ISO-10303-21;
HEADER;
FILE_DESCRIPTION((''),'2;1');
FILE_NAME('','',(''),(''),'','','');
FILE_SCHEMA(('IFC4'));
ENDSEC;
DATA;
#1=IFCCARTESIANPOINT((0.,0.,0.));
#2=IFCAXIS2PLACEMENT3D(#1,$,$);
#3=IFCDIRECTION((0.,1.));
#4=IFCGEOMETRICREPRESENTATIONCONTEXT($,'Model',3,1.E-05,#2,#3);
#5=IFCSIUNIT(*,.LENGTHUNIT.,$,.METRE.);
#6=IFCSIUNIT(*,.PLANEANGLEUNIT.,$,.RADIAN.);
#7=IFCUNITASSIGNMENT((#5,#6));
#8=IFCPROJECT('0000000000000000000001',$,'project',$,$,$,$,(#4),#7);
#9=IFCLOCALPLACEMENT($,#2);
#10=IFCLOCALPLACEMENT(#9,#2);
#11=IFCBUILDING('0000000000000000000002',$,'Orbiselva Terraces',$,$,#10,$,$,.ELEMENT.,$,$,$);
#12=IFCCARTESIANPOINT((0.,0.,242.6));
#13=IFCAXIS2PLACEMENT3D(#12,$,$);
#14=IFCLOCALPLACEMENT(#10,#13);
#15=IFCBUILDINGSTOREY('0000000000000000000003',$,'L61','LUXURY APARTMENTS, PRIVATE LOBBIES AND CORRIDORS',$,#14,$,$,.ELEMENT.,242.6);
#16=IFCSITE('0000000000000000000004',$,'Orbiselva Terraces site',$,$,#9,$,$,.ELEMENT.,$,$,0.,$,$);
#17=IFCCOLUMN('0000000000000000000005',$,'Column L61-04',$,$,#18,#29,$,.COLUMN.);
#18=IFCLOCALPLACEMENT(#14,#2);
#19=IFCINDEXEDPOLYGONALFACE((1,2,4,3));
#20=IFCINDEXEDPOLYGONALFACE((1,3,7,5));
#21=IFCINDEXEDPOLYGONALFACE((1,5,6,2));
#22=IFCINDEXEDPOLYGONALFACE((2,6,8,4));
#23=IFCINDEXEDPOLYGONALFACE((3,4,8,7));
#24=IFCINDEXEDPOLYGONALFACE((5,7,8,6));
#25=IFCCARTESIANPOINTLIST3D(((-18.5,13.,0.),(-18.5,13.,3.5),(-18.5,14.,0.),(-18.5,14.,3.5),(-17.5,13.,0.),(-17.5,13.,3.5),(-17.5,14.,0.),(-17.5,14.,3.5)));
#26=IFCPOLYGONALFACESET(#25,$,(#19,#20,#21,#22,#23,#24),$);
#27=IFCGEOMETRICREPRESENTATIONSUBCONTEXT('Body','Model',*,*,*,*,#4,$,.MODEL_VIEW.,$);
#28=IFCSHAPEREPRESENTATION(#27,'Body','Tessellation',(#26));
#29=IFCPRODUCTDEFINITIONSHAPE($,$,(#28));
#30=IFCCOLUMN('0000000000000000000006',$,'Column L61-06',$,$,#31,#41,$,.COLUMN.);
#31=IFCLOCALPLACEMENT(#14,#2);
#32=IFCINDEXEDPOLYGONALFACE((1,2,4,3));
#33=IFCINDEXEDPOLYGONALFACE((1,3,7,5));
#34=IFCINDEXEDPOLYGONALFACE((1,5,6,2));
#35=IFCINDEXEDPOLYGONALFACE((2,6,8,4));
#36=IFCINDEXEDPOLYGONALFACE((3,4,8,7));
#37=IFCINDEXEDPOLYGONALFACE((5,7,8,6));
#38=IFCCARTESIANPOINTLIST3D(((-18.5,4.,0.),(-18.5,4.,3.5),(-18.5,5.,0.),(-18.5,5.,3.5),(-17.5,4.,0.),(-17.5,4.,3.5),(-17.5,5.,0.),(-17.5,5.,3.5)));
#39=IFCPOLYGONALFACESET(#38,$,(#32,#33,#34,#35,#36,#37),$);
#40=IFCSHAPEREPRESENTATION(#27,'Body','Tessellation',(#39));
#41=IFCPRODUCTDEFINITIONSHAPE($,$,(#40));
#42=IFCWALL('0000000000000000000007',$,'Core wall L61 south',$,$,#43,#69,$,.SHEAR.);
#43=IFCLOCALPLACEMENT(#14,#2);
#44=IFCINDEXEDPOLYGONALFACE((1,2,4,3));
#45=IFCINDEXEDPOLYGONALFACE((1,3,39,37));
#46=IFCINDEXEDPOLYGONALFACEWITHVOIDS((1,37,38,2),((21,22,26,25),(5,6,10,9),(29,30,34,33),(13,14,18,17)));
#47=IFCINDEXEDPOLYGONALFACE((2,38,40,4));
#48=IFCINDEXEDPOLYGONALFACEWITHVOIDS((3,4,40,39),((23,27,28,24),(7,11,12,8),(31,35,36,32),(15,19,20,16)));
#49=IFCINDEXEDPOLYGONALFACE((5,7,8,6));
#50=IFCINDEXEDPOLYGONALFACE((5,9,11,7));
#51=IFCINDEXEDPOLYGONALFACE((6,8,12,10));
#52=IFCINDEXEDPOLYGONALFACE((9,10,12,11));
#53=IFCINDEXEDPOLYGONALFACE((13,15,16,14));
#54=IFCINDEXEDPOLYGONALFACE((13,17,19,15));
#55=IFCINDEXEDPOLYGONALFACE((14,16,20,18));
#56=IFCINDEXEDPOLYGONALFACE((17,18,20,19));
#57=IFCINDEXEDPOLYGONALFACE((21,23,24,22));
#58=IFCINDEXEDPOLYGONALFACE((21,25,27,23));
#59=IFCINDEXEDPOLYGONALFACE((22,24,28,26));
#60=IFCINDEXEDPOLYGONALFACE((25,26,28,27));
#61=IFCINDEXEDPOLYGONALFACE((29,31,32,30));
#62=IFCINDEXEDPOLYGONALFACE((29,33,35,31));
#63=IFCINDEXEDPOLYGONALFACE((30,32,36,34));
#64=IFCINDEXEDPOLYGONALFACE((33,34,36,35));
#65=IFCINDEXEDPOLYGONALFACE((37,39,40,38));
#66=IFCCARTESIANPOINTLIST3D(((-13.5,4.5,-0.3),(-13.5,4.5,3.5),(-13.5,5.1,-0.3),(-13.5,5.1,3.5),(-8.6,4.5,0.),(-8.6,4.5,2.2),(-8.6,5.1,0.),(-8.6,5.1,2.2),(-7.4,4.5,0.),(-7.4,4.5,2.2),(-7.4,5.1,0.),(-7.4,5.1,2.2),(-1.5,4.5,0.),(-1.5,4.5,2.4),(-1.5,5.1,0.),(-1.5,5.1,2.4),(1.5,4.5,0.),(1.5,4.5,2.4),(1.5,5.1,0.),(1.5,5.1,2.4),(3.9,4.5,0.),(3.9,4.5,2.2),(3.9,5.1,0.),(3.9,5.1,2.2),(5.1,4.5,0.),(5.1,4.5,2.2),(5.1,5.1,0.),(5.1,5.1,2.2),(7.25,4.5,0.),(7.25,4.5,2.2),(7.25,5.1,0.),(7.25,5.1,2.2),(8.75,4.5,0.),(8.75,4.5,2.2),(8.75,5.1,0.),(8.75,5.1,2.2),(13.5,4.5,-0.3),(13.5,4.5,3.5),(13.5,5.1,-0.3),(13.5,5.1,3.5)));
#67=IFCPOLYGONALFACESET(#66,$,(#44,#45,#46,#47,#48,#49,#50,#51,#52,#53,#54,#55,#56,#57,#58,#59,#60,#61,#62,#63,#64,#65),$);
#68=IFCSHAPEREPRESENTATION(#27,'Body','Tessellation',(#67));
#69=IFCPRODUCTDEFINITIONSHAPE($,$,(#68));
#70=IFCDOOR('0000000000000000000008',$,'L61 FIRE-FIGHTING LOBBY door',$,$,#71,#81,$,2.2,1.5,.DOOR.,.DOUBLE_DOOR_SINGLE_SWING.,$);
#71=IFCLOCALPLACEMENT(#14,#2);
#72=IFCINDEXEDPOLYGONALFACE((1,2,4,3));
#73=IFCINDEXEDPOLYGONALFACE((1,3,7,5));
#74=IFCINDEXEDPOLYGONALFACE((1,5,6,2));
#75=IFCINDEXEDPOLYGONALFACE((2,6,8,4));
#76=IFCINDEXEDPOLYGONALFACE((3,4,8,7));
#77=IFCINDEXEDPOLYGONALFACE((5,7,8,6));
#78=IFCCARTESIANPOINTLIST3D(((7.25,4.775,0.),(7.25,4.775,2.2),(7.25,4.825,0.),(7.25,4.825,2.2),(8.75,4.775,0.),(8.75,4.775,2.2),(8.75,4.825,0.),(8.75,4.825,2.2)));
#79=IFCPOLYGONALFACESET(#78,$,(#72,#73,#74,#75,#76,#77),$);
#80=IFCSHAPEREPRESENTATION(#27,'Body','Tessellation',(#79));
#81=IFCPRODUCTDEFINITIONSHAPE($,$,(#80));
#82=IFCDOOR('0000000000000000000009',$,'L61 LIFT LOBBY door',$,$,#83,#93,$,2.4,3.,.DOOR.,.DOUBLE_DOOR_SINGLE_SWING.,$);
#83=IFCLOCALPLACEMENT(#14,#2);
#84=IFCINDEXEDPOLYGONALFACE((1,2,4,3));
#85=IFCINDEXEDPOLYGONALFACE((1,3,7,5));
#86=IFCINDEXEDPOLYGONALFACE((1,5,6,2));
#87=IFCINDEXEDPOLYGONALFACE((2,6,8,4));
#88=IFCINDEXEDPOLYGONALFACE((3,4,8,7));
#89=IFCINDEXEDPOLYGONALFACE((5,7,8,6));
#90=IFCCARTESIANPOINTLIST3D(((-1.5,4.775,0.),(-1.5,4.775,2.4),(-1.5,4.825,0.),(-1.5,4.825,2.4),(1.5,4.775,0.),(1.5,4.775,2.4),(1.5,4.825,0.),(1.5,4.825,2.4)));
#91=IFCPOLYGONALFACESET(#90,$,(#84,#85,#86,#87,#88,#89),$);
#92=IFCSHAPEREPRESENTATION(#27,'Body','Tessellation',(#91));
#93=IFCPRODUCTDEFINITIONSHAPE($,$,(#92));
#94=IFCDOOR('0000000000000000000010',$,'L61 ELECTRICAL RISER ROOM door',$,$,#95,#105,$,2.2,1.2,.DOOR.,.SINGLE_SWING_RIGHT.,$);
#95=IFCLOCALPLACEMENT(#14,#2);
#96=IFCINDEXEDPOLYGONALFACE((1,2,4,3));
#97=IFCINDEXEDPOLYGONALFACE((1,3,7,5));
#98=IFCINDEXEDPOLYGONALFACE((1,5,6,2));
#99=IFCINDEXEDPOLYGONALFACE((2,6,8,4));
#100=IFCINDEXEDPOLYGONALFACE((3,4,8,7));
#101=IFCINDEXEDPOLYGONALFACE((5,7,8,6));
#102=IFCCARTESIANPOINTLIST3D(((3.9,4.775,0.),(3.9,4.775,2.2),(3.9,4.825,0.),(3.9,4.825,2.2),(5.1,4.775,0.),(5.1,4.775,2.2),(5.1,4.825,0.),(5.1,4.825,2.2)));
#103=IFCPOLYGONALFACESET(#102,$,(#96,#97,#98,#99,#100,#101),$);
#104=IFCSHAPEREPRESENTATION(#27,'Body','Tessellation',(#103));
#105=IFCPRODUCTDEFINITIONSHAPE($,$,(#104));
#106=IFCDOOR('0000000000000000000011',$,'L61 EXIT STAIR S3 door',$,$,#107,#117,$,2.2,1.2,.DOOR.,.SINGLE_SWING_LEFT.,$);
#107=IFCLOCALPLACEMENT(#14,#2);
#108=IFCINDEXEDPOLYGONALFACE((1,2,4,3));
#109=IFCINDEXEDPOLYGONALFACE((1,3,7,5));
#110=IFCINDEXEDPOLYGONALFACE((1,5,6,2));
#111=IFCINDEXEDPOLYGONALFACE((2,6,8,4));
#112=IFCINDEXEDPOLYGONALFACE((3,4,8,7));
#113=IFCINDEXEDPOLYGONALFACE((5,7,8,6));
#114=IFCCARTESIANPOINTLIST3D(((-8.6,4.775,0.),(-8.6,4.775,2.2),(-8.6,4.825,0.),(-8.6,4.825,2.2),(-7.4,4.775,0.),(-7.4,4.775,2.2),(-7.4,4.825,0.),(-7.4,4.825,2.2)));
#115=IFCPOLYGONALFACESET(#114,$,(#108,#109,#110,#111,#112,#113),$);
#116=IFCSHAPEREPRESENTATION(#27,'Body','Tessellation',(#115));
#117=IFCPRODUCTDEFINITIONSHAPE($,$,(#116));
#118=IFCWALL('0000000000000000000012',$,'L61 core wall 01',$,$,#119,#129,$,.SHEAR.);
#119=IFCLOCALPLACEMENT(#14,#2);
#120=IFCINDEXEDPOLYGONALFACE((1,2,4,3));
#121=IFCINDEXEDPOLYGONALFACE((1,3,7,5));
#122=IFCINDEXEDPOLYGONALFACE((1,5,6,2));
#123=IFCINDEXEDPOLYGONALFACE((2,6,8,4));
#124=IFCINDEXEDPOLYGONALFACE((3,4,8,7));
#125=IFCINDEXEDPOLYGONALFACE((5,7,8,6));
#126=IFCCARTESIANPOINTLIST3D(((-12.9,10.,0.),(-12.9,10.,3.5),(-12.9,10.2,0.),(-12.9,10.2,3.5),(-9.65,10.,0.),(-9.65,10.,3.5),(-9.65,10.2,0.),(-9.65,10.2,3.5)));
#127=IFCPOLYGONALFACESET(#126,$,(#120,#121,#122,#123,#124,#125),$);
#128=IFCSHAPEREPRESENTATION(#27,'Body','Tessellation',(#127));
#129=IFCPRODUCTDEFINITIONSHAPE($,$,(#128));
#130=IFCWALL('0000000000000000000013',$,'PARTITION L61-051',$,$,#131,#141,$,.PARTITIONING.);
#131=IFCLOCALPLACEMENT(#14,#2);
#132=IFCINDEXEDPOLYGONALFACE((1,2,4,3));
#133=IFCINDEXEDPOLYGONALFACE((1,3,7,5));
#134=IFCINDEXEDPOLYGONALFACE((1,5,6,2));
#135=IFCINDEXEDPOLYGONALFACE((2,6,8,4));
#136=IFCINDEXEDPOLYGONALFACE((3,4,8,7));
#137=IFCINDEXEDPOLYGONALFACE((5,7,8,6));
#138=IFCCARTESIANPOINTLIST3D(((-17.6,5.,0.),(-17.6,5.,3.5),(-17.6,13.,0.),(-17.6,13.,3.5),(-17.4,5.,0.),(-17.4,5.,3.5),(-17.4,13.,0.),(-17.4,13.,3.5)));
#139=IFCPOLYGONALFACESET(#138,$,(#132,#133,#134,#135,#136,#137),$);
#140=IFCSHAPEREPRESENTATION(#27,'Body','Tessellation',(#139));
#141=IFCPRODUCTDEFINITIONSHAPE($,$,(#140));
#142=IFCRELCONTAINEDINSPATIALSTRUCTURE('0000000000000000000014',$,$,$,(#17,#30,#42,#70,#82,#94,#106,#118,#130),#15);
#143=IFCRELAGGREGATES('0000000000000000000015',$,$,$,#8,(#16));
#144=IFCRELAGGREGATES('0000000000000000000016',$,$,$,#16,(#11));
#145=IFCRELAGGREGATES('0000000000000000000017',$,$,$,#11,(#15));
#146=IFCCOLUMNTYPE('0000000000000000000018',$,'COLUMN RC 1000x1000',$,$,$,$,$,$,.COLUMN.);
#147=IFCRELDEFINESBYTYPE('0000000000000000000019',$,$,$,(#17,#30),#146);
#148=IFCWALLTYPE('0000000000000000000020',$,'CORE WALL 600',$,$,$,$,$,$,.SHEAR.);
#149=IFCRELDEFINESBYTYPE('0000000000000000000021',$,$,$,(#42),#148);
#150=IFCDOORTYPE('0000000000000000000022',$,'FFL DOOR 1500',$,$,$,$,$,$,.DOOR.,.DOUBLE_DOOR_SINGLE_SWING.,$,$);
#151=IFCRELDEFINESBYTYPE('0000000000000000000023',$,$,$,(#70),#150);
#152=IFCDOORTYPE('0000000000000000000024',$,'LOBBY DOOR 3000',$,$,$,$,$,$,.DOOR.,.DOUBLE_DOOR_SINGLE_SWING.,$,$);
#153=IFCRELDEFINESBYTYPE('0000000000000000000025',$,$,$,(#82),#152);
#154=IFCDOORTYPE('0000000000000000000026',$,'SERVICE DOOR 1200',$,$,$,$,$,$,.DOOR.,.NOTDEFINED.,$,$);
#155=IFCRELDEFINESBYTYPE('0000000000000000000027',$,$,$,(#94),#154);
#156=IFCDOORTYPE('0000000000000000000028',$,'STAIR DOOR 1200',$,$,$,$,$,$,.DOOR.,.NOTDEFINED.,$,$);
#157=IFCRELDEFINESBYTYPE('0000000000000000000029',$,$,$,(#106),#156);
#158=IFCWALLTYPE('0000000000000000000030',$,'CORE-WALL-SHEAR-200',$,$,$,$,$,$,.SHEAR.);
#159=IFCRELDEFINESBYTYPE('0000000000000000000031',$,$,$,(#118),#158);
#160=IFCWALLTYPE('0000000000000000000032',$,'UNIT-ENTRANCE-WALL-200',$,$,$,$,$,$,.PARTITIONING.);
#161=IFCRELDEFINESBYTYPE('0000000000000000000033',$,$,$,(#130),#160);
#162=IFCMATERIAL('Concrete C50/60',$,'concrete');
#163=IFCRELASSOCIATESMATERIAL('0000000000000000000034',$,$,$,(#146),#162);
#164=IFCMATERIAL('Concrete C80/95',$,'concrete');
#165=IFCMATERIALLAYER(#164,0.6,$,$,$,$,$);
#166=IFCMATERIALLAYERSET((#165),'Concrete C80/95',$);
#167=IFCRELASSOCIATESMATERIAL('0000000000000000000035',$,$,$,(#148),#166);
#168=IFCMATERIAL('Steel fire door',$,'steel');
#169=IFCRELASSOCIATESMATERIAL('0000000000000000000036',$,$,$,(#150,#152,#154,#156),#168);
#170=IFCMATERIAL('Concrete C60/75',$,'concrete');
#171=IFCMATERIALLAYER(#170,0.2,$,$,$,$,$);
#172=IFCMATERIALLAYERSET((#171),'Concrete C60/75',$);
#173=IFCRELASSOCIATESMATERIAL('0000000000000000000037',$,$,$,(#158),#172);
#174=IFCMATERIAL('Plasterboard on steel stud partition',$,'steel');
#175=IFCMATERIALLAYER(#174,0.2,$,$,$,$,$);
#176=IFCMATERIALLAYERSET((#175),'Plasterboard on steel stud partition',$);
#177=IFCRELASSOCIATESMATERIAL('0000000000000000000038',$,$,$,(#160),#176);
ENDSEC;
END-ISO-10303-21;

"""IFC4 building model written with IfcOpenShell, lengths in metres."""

from ifc_helpers import new_model, si_unit, direction, frame, frame_2d, origin, origin_2d, place, context, subcontext, project, spatial, rectangle, extrude, material, layer, layer_set, material_profile, profile_set, type_object, element, fill, save


model = new_model("IFC4")

# Units and contexts
model_context = context("Model", 3, precision=1e-05, world=origin(), true_north=direction((0.0, 1.0)))
body_context = subcontext(model_context, "Body", "Model", "MODEL_VIEW")
ifc_project = project(units=[si_unit("LENGTHUNIT", "METRE"), si_unit("PLANEANGLEUNIT", "RADIAN")], contexts=[model_context])

# Site, building, storey
site_placement = place(None, origin())
site = spatial("IfcSite", under=ifc_project, at=site_placement, Name="Orbiselva Terraces site", CompositionType="ELEMENT", RefElevation=0.0)
building_placement = place(site_placement, origin())
building = spatial("IfcBuilding", under=site, at=building_placement, Name="Orbiselva Terraces", CompositionType="ELEMENT")
storey_placement = place(building_placement, frame((0.0, 0.0, 242.6)))
storey = spatial("IfcBuildingStorey", under=building, at=storey_placement, Name="L61", Description="LUXURY APARTMENTS, PRIVATE LOBBIES AND CORRIDORS", CompositionType="ELEMENT", Elevation=242.6)

# Columns
ifc_material_1 = material(Name="Concrete C50/60", Category="concrete")
ifc_material_profile = material_profile(ifc_material_1, rectangle(XDim=1.0, YDim=1.0, at=origin_2d()), Name="RC 1000x1000")
ifc_profile_set = profile_set([ifc_material_profile], Name="Concrete C50/60")
column_type = type_object("IfcColumnType", Name="COLUMN RC 1000x1000", PredefinedType="COLUMN", material=ifc_profile_set)
for number, where, z_axis, x_axis, name in (
    (1, (-18.0, 13.5, 0.0), (0.0, 0.0, 1.0), (1.0, 0.0, 0.0), "Column L61-04"),
    (2, (-18.0, 4.5, 0.0), (0.0, 0.0, 1.0), (1.0, 0.0, 0.0), "Column L61-06"),
):
    element("IfcColumn", number, at=place(storey_placement, frame(where, z_axis=z_axis, x_axis=x_axis)), inside=storey, type_object=column_type, Name=name, PredefinedType="COLUMN", context=body_context, shape_type="SweptSolid", body=[
        extrude(rectangle(XDim=1.0, YDim=1.0, at=origin_2d()), origin(), (0.0, 0.0, 1.0), 3.5),
    ])

# Wall, openings, doors
ifc_material_2 = material(Name="Concrete C80/95", Category="concrete")
ifc_layer_1 = layer(ifc_material_2, 0.6)
ifc_layer_set_1 = layer_set([ifc_layer_1], Name="Concrete C80/95")
wall_type_1 = type_object("IfcWallType", Name="CORE WALL 600", PredefinedType="SHEAR", material=ifc_layer_set_1)
wall_1_placement = place(storey_placement, frame((-13.5, 4.8, -0.3), z_axis=(0.0, 0.0, 1.0), x_axis=(1.0, 0.0, 0.0)))
wall_1 = element("IfcWall", 3, at=wall_1_placement, inside=storey, type_object=wall_type_1, Name="Core wall L61 south", PredefinedType="SHEAR", context=body_context, shape_type="SweptSolid", body=[
    extrude(rectangle(XDim=27.0, YDim=0.6, at=frame_2d((13.5, 0.0))), origin(), (0.0, 0.0, 1.0), 3.8),
])
opening_1_placement = place(wall_1_placement, frame((12.0, 0.0, 0.3)))
opening_1 = element("IfcOpeningElement", 4, at=opening_1_placement, cuts=wall_1, PredefinedType="OPENING", context=body_context, shape_type="SweptSolid", body=[
    extrude(rectangle(XDim=3.0, YDim=2.4, at=frame_2d((1.5, 1.2))), frame((0.0, 0.31, 0.0), z_axis=(0.0, -1.0, 0.0), x_axis=(1.0, 0.0, 0.0)), (0.0, 0.0, 1.0), 0.62),
])
opening_2_placement = place(wall_1_placement, frame((4.9, 0.0, 0.3)))
opening_2 = element("IfcOpeningElement", 5, at=opening_2_placement, cuts=wall_1, PredefinedType="OPENING", context=body_context, shape_type="SweptSolid", body=[
    extrude(rectangle(XDim=1.2, YDim=2.2, at=frame_2d((0.6, 1.1))), frame((0.0, 0.31, 0.0), z_axis=(0.0, -1.0, 0.0), x_axis=(1.0, 0.0, 0.0)), (0.0, 0.0, 1.0), 0.62),
])
opening_3_placement = place(wall_1_placement, frame((20.75, 0.0, 0.3)))
opening_3 = element("IfcOpeningElement", 6, at=opening_3_placement, cuts=wall_1, PredefinedType="OPENING", context=body_context, shape_type="SweptSolid", body=[
    extrude(rectangle(XDim=1.5, YDim=2.2, at=frame_2d((0.75, 1.1))), frame((0.0, 0.31, 0.0), z_axis=(0.0, -1.0, 0.0), x_axis=(1.0, 0.0, 0.0)), (0.0, 0.0, 1.0), 0.62),
])
opening_4_placement = place(wall_1_placement, frame((17.4, 0.0, 0.3)))
opening_4 = element("IfcOpeningElement", 7, at=opening_4_placement, cuts=wall_1, PredefinedType="OPENING", context=body_context, shape_type="SweptSolid", body=[
    extrude(rectangle(XDim=1.2, YDim=2.2, at=frame_2d((0.6, 1.1))), frame((0.0, 0.31, 0.0), z_axis=(0.0, -1.0, 0.0), x_axis=(1.0, 0.0, 0.0)), (0.0, 0.0, 1.0), 0.62),
])
ifc_material_3 = material(Name="Steel fire door", Category="steel")
door_type_1 = type_object("IfcDoorType", Name="FFL DOOR 1500", OperationType="DOUBLE_DOOR_SINGLE_SWING", PredefinedType="DOOR", material=ifc_material_3)
door_1_placement = place(opening_3_placement, frame((1.5, 0.0, 0.0), z_axis=(0.0, 0.0, 1.0), x_axis=(-1.0, 0.0, 0.0)))
door_1 = element("IfcDoor", 8, at=door_1_placement, inside=storey, type_object=door_type_1, Name="L61 FIRE-FIGHTING LOBBY door", OperationType="DOUBLE_DOOR_SINGLE_SWING", OverallHeight=2.2, OverallWidth=1.5, PredefinedType="DOOR", context=body_context, shape_type="SweptSolid", body=[
    extrude(rectangle(XDim=1.5, YDim=2.2, at=frame_2d((0.75, 1.1))), frame((0.0, 0.025, 0.0), z_axis=(0.0, -1.0, 0.0), x_axis=(1.0, 0.0, 0.0)), (0.0, 0.0, 1.0), 0.05),
])
fill(opening_3, door_1)
door_type_2 = type_object("IfcDoorType", Name="LOBBY DOOR 3000", OperationType="DOUBLE_DOOR_SINGLE_SWING", PredefinedType="DOOR", material=ifc_material_3)
door_2_placement = place(opening_1_placement, frame((3.0, 0.0, 0.0), z_axis=(0.0, 0.0, 1.0), x_axis=(-1.0, 0.0, 0.0)))
door_2 = element("IfcDoor", 9, at=door_2_placement, inside=storey, type_object=door_type_2, Name="L61 LIFT LOBBY door", OperationType="DOUBLE_DOOR_SINGLE_SWING", OverallHeight=2.4, OverallWidth=3.0, PredefinedType="DOOR", context=body_context, shape_type="SweptSolid", body=[
    extrude(rectangle(XDim=3.0, YDim=2.4, at=frame_2d((1.5, 1.2))), frame((0.0, 0.025, 0.0), z_axis=(0.0, -1.0, 0.0), x_axis=(1.0, 0.0, 0.0)), (0.0, 0.0, 1.0), 0.05),
])
fill(opening_1, door_2)
door_type_3 = type_object("IfcDoorType", Name="SERVICE DOOR 1200", OperationType="NOTDEFINED", PredefinedType="DOOR", material=ifc_material_3)
door_3_placement = place(opening_4_placement, frame((1.2, 0.0, 0.0), z_axis=(0.0, 0.0, 1.0), x_axis=(-1.0, 0.0, 0.0)))
door_3 = element("IfcDoor", 10, at=door_3_placement, inside=storey, type_object=door_type_3, Name="L61 ELECTRICAL RISER ROOM door", OperationType="SINGLE_SWING_RIGHT", OverallHeight=2.2, OverallWidth=1.2, PredefinedType="DOOR", context=body_context, shape_type="SweptSolid", body=[
    extrude(rectangle(XDim=1.2, YDim=2.2, at=frame_2d((0.6, 1.1))), frame((0.0, 0.025, 0.0), z_axis=(0.0, -1.0, 0.0), x_axis=(1.0, 0.0, 0.0)), (0.0, 0.0, 1.0), 0.05),
])
fill(opening_4, door_3)
door_type_4 = type_object("IfcDoorType", Name="STAIR DOOR 1200", OperationType="NOTDEFINED", PredefinedType="DOOR", material=ifc_material_3)
door_4_placement = place(opening_2_placement, frame((1.2, 0.0, 0.0), z_axis=(0.0, 0.0, 1.0), x_axis=(-1.0, 0.0, 0.0)))
door_4 = element("IfcDoor", 11, at=door_4_placement, inside=storey, type_object=door_type_4, Name="L61 EXIT STAIR S3 door", OperationType="SINGLE_SWING_LEFT", OverallHeight=2.2, OverallWidth=1.2, PredefinedType="DOOR", context=body_context, shape_type="SweptSolid", body=[
    extrude(rectangle(XDim=1.2, YDim=2.2, at=frame_2d((0.6, 1.1))), frame((0.0, 0.025, 0.0), z_axis=(0.0, -1.0, 0.0), x_axis=(1.0, 0.0, 0.0)), (0.0, 0.0, 1.0), 0.05),
])
fill(opening_2, door_4)

# Walls
ifc_material_4 = material(Name="Concrete C60/75", Category="concrete")
ifc_layer_2 = layer(ifc_material_4, 0.2)
ifc_layer_set_2 = layer_set([ifc_layer_2], Name="Concrete C60/75")
wall_type_2 = type_object("IfcWallType", Name="CORE-WALL-SHEAR-200", PredefinedType="SHEAR", material=ifc_layer_set_2)
wall_2_placement = place(storey_placement, frame((-12.9, 10.1, 0.0), z_axis=(0.0, 0.0, 1.0), x_axis=(1.0, 0.0, 0.0)))
element("IfcWall", 12, at=wall_2_placement, inside=storey, type_object=wall_type_2, Name="L61 core wall 01", PredefinedType="SHEAR", context=body_context, shape_type="SweptSolid", body=[
    extrude(rectangle(XDim=3.25, YDim=0.2, at=frame_2d((1.625, 0.0))), origin(), (0.0, 0.0, 1.0), 3.5),
])
ifc_material_5 = material(Name="Plasterboard on steel stud partition", Category="steel")
ifc_layer_3 = layer(ifc_material_5, 0.2)
ifc_layer_set_3 = layer_set([ifc_layer_3], Name="Plasterboard on steel stud partition")
wall_type_3 = type_object("IfcWallType", Name="UNIT-ENTRANCE-WALL-200", PredefinedType="PARTITIONING", material=ifc_layer_set_3)
wall_3_placement = place(storey_placement, frame((-17.5, 5.0, 0.0), z_axis=(0.0, 0.0, 1.0), x_axis=(0.0, 1.0, 0.0)))
element("IfcWall", 13, at=wall_3_placement, inside=storey, type_object=wall_type_3, Name="PARTITION L61-051", PredefinedType="PARTITIONING", context=body_context, shape_type="SweptSolid", body=[
    extrude(rectangle(XDim=8.0, YDim=0.2, at=frame_2d((4.0, 0.0))), origin(), (0.0, 0.0, 1.0), 3.5),
])

save(model, "model.ifc")
